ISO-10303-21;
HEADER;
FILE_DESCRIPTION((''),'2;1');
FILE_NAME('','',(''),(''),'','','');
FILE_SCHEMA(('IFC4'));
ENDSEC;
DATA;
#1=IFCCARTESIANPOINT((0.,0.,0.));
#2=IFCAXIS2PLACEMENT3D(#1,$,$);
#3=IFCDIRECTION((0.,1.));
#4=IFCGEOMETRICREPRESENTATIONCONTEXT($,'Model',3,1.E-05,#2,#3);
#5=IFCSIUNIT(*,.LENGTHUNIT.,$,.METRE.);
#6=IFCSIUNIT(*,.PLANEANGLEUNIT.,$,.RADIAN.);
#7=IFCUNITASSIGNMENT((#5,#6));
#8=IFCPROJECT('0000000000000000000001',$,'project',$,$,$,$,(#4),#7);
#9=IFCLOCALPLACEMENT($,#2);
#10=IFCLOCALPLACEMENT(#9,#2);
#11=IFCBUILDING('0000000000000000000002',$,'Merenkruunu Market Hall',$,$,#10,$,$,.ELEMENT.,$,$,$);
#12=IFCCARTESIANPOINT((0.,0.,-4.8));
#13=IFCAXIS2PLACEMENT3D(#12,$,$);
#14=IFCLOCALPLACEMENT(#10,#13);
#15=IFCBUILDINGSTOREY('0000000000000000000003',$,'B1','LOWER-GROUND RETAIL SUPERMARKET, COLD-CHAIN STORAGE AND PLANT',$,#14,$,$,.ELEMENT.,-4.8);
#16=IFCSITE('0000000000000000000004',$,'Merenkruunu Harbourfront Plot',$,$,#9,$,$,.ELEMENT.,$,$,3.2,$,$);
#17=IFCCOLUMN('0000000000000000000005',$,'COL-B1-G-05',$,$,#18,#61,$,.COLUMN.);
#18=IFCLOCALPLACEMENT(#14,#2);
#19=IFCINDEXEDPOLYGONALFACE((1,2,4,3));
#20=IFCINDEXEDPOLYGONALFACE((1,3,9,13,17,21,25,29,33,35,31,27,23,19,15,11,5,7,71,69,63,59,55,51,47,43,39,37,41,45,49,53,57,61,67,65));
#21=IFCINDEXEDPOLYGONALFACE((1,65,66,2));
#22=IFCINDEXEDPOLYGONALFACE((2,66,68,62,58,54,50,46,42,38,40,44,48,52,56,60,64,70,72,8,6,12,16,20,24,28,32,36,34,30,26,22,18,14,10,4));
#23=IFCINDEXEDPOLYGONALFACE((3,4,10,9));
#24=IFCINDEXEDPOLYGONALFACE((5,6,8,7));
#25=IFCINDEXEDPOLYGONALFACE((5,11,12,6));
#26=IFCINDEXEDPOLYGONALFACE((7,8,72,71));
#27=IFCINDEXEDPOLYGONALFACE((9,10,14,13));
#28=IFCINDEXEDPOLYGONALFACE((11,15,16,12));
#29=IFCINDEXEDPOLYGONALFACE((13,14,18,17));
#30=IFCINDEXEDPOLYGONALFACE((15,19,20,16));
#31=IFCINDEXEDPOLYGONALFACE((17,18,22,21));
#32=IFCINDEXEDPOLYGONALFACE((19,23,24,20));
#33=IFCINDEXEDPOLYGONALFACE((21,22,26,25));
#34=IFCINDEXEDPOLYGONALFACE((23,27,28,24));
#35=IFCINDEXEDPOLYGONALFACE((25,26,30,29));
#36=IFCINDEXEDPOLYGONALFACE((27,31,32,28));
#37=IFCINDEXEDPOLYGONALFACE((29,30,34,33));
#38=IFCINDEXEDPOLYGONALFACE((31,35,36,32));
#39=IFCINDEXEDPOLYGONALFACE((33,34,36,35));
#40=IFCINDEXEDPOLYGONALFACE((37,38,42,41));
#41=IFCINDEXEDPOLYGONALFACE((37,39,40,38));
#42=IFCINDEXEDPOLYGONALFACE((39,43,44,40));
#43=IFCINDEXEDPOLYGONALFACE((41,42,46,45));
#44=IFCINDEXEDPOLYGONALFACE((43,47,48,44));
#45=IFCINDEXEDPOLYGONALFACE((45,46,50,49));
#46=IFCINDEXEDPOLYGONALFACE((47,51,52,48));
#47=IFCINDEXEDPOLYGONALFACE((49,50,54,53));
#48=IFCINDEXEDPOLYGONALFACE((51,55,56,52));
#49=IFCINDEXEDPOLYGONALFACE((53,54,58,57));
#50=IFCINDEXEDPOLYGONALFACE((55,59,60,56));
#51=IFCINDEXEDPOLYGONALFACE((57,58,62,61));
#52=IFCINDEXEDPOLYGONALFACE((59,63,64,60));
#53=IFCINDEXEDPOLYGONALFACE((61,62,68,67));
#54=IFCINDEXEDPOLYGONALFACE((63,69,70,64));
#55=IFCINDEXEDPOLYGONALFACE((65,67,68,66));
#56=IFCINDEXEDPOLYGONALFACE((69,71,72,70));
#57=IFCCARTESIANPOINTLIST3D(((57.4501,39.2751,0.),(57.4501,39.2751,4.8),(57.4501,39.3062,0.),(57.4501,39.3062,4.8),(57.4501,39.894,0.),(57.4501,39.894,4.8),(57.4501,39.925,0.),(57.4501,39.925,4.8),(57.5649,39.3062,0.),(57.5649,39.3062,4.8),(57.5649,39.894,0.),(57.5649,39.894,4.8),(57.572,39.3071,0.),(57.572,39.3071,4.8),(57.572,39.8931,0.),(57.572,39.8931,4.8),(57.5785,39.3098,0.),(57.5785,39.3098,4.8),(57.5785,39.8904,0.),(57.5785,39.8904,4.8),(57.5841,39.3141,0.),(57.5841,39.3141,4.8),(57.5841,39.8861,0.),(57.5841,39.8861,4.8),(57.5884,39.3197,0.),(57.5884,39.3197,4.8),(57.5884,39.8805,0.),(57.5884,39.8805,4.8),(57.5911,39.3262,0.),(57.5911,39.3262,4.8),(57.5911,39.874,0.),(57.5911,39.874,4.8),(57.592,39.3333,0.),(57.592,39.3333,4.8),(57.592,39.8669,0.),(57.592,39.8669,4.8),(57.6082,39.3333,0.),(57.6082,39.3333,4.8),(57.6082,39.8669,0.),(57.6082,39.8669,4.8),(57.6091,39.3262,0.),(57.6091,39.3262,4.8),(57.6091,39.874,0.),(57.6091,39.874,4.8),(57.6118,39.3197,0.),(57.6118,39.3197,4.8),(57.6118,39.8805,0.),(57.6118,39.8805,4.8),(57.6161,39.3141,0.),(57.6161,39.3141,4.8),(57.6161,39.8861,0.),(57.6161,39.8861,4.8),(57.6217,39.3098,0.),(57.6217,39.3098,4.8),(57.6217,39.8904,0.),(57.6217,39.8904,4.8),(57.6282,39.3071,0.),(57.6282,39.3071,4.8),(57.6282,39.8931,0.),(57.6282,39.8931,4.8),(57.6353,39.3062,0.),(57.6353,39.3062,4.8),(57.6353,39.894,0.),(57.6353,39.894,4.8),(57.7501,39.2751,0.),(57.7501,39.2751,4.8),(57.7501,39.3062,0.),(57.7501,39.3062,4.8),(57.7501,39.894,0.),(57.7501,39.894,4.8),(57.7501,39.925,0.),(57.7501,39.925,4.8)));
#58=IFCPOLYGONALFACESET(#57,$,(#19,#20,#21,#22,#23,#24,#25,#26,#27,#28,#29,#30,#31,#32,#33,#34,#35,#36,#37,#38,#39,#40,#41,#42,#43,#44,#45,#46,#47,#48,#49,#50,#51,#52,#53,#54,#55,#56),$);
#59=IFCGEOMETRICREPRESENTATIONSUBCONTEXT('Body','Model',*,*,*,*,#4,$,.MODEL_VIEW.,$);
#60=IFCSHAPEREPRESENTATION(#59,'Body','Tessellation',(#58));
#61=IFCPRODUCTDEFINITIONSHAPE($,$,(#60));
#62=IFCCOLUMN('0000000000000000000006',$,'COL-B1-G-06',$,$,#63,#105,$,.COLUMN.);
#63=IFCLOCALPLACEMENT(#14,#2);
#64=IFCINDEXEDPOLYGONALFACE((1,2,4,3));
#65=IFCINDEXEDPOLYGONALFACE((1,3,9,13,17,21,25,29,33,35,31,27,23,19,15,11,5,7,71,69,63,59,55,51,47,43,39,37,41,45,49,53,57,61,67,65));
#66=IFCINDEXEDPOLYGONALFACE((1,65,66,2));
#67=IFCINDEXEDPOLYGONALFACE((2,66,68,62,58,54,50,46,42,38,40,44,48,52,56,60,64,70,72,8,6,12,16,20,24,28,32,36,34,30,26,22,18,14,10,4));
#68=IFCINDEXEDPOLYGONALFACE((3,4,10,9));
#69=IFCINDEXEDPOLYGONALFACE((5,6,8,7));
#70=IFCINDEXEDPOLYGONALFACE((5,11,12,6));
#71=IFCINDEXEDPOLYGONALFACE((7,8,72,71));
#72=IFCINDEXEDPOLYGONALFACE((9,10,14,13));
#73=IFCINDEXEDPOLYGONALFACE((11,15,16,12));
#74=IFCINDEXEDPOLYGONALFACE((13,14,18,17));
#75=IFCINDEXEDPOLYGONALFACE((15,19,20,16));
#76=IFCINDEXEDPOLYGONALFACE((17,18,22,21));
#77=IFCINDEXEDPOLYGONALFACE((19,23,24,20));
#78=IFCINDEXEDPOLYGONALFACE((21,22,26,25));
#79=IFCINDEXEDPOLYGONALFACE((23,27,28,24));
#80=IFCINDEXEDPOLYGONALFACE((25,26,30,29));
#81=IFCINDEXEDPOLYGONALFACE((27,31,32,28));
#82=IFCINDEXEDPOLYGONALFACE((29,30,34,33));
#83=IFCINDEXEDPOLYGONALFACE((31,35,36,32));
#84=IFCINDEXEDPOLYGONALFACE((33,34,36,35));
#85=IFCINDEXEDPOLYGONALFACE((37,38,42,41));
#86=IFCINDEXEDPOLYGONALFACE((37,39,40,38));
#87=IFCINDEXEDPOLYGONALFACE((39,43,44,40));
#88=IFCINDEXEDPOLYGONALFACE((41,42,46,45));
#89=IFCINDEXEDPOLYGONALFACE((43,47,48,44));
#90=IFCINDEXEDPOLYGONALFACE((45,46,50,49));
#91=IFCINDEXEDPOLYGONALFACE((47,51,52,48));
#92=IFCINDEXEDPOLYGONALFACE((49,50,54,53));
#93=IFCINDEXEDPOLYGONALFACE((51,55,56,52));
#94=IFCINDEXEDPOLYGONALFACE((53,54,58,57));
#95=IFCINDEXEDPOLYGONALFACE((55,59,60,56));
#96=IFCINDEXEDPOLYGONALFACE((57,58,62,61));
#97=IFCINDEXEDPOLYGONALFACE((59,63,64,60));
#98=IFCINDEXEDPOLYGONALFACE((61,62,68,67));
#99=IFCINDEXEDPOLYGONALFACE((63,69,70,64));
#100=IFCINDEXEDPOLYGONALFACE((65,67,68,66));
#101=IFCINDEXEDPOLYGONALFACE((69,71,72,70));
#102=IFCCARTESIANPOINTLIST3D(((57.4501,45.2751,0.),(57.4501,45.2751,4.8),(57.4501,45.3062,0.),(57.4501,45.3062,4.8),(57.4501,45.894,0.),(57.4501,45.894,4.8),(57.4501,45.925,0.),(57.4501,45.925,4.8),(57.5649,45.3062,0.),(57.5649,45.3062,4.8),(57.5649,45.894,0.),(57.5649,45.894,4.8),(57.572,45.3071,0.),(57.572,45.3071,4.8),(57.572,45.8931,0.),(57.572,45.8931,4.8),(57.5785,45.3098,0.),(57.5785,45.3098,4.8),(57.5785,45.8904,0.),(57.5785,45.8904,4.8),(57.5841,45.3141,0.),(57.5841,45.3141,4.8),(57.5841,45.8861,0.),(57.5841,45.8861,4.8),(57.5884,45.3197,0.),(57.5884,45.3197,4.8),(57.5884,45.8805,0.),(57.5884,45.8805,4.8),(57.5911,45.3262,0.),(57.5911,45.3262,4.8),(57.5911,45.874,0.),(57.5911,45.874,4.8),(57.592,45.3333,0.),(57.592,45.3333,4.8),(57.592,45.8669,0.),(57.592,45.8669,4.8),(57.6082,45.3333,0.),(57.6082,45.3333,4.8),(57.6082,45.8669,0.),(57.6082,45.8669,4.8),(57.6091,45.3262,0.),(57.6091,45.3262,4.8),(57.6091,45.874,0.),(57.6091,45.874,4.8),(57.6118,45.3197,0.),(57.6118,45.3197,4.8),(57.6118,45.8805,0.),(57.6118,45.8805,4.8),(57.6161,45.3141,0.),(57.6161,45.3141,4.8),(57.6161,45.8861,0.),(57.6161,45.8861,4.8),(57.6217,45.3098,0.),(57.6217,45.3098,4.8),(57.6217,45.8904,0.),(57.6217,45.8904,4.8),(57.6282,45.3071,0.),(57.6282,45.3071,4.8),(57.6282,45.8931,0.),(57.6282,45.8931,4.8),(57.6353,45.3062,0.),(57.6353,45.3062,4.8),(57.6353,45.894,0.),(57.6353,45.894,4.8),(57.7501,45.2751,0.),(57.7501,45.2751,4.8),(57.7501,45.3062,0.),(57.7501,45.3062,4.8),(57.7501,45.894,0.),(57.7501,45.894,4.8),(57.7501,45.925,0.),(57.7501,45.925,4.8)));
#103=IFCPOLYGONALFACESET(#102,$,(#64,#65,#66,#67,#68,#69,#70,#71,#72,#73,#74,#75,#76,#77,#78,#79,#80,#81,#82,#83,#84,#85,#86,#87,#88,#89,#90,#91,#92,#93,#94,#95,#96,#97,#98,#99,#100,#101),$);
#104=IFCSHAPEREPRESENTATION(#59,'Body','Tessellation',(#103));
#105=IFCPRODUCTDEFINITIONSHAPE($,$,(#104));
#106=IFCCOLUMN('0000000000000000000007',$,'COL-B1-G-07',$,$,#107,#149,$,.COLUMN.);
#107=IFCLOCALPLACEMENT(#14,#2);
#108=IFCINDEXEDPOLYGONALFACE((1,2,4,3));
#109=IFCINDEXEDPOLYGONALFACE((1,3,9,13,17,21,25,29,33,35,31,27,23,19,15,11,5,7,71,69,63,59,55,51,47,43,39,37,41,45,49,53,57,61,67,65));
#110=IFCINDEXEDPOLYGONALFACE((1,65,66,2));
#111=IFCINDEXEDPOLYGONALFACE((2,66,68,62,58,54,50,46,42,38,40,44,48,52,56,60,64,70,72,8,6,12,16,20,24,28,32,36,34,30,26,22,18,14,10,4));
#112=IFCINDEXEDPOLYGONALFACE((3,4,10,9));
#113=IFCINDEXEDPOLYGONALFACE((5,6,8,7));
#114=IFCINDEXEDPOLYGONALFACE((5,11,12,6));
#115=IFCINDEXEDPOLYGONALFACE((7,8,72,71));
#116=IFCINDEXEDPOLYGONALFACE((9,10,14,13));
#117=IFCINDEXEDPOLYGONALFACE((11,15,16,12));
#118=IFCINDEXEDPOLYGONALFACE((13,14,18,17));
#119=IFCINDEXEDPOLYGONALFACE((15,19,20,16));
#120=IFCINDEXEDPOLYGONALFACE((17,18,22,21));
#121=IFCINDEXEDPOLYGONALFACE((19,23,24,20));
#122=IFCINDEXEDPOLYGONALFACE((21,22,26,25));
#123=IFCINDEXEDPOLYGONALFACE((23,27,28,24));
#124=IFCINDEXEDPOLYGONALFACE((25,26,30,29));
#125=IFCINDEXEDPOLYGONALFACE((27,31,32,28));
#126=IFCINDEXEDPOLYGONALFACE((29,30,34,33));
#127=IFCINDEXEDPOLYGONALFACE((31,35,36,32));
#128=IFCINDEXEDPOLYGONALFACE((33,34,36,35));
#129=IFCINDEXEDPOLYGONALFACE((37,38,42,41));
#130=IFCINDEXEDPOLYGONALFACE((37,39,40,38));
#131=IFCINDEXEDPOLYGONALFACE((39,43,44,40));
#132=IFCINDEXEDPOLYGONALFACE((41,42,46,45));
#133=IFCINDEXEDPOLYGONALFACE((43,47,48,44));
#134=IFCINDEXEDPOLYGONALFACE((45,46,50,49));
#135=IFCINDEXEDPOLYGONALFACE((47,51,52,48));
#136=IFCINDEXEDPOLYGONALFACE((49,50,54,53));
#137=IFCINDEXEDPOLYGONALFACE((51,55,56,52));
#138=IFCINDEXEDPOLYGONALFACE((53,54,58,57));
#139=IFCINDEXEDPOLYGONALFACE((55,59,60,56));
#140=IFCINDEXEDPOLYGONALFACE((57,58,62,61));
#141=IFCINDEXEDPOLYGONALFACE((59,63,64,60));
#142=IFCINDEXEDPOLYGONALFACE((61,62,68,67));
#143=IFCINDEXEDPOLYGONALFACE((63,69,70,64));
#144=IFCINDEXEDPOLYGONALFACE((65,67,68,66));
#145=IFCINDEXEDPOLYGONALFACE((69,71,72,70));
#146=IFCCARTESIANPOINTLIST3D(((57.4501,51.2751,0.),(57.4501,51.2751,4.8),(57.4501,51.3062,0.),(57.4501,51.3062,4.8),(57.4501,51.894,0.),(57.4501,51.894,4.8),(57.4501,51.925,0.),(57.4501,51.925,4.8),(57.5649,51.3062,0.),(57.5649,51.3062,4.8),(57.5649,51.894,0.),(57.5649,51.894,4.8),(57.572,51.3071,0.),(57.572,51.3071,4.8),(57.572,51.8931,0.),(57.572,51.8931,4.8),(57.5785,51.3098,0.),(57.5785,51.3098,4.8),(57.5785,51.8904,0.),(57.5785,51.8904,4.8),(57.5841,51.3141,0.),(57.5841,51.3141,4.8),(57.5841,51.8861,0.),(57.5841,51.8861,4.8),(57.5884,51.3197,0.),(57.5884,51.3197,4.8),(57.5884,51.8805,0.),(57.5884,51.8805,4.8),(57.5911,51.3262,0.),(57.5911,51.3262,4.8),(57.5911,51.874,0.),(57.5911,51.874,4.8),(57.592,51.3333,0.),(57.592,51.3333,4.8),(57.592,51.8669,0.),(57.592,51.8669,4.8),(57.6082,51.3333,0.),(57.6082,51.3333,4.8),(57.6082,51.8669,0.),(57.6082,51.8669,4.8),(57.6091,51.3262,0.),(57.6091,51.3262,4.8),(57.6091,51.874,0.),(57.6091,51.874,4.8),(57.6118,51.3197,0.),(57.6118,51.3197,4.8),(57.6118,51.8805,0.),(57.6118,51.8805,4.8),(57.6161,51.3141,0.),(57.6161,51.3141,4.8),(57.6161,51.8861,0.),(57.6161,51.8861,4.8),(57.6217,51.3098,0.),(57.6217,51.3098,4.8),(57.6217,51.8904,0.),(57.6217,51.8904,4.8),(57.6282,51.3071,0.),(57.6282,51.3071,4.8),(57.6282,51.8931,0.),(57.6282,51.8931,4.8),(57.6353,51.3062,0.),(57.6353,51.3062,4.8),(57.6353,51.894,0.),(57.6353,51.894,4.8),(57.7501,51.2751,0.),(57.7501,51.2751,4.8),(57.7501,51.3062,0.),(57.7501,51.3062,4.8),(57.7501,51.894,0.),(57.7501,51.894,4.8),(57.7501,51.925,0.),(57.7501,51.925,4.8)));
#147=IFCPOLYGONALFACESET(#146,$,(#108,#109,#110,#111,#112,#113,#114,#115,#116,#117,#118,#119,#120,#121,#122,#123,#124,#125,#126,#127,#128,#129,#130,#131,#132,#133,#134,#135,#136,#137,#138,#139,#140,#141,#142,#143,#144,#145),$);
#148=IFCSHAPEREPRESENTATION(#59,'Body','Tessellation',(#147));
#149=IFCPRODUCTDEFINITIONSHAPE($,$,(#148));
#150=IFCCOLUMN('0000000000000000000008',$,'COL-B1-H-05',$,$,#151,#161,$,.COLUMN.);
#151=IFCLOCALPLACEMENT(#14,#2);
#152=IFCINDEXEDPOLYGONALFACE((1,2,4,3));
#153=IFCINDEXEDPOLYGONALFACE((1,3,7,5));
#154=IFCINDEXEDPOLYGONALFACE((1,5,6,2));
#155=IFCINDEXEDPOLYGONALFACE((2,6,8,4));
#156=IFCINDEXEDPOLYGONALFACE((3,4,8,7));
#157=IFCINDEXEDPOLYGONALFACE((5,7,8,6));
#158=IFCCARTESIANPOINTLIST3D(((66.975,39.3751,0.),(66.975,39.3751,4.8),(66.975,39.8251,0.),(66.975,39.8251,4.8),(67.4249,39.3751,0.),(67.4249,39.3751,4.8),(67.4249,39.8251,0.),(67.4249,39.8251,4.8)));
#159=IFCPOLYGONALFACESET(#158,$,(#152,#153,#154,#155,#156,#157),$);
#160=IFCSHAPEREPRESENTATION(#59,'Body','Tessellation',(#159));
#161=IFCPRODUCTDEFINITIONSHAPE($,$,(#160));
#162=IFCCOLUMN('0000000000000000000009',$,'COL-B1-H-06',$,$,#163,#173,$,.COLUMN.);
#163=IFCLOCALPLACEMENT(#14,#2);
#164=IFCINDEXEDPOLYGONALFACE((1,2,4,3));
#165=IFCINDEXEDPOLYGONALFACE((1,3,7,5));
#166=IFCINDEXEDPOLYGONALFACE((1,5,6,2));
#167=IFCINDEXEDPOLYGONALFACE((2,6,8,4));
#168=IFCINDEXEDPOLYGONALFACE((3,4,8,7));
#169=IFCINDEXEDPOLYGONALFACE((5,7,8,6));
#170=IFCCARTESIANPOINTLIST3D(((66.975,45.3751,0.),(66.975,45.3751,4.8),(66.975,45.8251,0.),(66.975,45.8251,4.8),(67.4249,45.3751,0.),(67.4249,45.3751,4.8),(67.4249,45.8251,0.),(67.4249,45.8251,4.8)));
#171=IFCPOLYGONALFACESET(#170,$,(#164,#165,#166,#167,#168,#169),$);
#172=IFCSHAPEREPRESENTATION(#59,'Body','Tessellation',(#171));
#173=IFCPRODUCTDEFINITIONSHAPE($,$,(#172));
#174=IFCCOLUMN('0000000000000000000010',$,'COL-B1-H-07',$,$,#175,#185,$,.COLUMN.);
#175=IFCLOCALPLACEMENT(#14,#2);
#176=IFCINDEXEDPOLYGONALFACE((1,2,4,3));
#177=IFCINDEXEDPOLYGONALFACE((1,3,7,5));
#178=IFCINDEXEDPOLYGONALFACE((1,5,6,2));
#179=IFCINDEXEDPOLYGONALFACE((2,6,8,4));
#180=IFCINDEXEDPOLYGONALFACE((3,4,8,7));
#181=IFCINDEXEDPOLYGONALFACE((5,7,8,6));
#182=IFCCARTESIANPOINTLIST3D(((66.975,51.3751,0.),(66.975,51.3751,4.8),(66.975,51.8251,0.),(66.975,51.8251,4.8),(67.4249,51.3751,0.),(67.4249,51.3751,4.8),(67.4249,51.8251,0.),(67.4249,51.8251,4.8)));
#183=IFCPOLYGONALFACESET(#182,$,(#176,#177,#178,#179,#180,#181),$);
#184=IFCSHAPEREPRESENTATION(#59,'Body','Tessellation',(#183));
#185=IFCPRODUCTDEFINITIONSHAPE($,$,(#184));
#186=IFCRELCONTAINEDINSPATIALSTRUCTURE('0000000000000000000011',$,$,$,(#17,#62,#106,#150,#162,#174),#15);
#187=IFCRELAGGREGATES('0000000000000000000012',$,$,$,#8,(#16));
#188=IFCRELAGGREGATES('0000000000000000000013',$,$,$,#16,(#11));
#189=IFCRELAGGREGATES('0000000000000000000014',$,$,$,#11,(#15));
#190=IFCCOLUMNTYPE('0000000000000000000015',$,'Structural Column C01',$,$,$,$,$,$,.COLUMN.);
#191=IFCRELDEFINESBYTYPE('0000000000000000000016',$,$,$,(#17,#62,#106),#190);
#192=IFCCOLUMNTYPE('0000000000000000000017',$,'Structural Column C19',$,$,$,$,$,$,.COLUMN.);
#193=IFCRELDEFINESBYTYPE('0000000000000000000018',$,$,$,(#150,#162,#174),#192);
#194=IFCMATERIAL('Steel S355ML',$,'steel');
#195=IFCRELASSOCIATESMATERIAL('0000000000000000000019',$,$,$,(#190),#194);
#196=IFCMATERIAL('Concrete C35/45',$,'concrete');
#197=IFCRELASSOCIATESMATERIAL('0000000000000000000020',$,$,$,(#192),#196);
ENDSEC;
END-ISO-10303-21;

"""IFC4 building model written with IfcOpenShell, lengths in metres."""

from ifc_helpers import new_model, si_unit, direction, frame, origin, origin_2d, place, context, subcontext, project, spatial, rectangle, i_section, extrude, material, material_profile, profile_set, type_object, element, save


model = new_model("IFC4")

# Units and contexts
model_context = context("Model", 3, precision=1e-05, world=origin(), true_north=direction((0.0, 1.0)))
body_context = subcontext(model_context, "Body", "Model", "MODEL_VIEW")
ifc_project = project(units=[si_unit("LENGTHUNIT", "METRE"), si_unit("PLANEANGLEUNIT", "RADIAN")], contexts=[model_context])

# Site, building, storey
site_placement = place(None, origin())
site = spatial("IfcSite", under=ifc_project, at=site_placement, Name="Merenkruunu Harbourfront Plot", CompositionType="ELEMENT", RefElevation=3.2)
building_placement = place(site_placement, origin())
building = spatial("IfcBuilding", under=site, at=building_placement, Name="Merenkruunu Market Hall", CompositionType="ELEMENT")
storey_placement = place(building_placement, frame((0.0, 0.0, -4.8)))
storey = spatial("IfcBuildingStorey", under=building, at=storey_placement, Name="B1", Description="LOWER-GROUND RETAIL SUPERMARKET, COLD-CHAIN STORAGE AND PLANT", CompositionType="ELEMENT", Elevation=-4.8)

# Shared definitions
ifc_material_1 = material(Name="Concrete C35/45", Category="concrete")

# Columns
ifc_material_2 = material(Name="Steel S355ML", Category="steel")
ifc_material_profile_1 = material_profile(ifc_material_2, i_section(OverallWidth=0.3, OverallDepth=0.6499, WebThickness=0.0161, FlangeThickness=0.031, FilletRadius=0.0271, at=origin_2d()), Name="HEB 650")
ifc_profile_set_1 = profile_set([ifc_material_profile_1], Name="Steel S355ML")
column_type_1 = type_object("IfcColumnType", Name="Structural Column C01", PredefinedType="COLUMN", material=ifc_profile_set_1)
for number, where, z_axis, x_axis, name in (
    (1, (57.6001, 39.6001, 0.0), (0.0, 0.0, 1.0), (1.0, 0.0, 0.0), "COL-B1-G-05"),
    (2, (57.6001, 45.6001, 0.0), (0.0, 0.0, 1.0), (1.0, 0.0, 0.0), "COL-B1-G-06"),
    (3, (57.6001, 51.6001, 0.0), (0.0, 0.0, 1.0), (1.0, 0.0, 0.0), "COL-B1-G-07"),
):
    element("IfcColumn", number, at=place(storey_placement, frame(where, z_axis=z_axis, x_axis=x_axis)), inside=storey, type_object=column_type_1, Name=name, PredefinedType="COLUMN", context=body_context, shape_type="SweptSolid", body=[
        extrude(i_section(OverallWidth=0.3, OverallDepth=0.6499, WebThickness=0.0161, FlangeThickness=0.031, FilletRadius=0.0271, at=origin_2d()), origin(), (0.0, 0.0, 1.0), 4.8),
    ])
ifc_material_profile_2 = material_profile(ifc_material_1, rectangle(XDim=0.45, YDim=0.45, at=origin_2d()), Name="RC 450x450")
ifc_profile_set_2 = profile_set([ifc_material_profile_2], Name="Concrete C35/45")
column_type_2 = type_object("IfcColumnType", Name="Structural Column C19", PredefinedType="COLUMN", material=ifc_profile_set_2)
for number, where, z_axis, x_axis, name in (
    (4, (67.2, 39.6001, 0.0), (0.0, 0.0, 1.0), (1.0, 0.0, 0.0), "COL-B1-H-05"),
    (5, (67.2, 45.6001, 0.0), (0.0, 0.0, 1.0), (1.0, 0.0, 0.0), "COL-B1-H-06"),
    (6, (67.2, 51.6001, 0.0), (0.0, 0.0, 1.0), (1.0, 0.0, 0.0), "COL-B1-H-07"),
):
    element("IfcColumn", number, at=place(storey_placement, frame(where, z_axis=z_axis, x_axis=x_axis)), inside=storey, type_object=column_type_2, Name=name, PredefinedType="COLUMN", context=body_context, shape_type="SweptSolid", body=[
        extrude(rectangle(XDim=0.45, YDim=0.45, at=origin_2d()), origin(), (0.0, 0.0, 1.0), 4.8),
    ])

save(model, "model.ifc")
